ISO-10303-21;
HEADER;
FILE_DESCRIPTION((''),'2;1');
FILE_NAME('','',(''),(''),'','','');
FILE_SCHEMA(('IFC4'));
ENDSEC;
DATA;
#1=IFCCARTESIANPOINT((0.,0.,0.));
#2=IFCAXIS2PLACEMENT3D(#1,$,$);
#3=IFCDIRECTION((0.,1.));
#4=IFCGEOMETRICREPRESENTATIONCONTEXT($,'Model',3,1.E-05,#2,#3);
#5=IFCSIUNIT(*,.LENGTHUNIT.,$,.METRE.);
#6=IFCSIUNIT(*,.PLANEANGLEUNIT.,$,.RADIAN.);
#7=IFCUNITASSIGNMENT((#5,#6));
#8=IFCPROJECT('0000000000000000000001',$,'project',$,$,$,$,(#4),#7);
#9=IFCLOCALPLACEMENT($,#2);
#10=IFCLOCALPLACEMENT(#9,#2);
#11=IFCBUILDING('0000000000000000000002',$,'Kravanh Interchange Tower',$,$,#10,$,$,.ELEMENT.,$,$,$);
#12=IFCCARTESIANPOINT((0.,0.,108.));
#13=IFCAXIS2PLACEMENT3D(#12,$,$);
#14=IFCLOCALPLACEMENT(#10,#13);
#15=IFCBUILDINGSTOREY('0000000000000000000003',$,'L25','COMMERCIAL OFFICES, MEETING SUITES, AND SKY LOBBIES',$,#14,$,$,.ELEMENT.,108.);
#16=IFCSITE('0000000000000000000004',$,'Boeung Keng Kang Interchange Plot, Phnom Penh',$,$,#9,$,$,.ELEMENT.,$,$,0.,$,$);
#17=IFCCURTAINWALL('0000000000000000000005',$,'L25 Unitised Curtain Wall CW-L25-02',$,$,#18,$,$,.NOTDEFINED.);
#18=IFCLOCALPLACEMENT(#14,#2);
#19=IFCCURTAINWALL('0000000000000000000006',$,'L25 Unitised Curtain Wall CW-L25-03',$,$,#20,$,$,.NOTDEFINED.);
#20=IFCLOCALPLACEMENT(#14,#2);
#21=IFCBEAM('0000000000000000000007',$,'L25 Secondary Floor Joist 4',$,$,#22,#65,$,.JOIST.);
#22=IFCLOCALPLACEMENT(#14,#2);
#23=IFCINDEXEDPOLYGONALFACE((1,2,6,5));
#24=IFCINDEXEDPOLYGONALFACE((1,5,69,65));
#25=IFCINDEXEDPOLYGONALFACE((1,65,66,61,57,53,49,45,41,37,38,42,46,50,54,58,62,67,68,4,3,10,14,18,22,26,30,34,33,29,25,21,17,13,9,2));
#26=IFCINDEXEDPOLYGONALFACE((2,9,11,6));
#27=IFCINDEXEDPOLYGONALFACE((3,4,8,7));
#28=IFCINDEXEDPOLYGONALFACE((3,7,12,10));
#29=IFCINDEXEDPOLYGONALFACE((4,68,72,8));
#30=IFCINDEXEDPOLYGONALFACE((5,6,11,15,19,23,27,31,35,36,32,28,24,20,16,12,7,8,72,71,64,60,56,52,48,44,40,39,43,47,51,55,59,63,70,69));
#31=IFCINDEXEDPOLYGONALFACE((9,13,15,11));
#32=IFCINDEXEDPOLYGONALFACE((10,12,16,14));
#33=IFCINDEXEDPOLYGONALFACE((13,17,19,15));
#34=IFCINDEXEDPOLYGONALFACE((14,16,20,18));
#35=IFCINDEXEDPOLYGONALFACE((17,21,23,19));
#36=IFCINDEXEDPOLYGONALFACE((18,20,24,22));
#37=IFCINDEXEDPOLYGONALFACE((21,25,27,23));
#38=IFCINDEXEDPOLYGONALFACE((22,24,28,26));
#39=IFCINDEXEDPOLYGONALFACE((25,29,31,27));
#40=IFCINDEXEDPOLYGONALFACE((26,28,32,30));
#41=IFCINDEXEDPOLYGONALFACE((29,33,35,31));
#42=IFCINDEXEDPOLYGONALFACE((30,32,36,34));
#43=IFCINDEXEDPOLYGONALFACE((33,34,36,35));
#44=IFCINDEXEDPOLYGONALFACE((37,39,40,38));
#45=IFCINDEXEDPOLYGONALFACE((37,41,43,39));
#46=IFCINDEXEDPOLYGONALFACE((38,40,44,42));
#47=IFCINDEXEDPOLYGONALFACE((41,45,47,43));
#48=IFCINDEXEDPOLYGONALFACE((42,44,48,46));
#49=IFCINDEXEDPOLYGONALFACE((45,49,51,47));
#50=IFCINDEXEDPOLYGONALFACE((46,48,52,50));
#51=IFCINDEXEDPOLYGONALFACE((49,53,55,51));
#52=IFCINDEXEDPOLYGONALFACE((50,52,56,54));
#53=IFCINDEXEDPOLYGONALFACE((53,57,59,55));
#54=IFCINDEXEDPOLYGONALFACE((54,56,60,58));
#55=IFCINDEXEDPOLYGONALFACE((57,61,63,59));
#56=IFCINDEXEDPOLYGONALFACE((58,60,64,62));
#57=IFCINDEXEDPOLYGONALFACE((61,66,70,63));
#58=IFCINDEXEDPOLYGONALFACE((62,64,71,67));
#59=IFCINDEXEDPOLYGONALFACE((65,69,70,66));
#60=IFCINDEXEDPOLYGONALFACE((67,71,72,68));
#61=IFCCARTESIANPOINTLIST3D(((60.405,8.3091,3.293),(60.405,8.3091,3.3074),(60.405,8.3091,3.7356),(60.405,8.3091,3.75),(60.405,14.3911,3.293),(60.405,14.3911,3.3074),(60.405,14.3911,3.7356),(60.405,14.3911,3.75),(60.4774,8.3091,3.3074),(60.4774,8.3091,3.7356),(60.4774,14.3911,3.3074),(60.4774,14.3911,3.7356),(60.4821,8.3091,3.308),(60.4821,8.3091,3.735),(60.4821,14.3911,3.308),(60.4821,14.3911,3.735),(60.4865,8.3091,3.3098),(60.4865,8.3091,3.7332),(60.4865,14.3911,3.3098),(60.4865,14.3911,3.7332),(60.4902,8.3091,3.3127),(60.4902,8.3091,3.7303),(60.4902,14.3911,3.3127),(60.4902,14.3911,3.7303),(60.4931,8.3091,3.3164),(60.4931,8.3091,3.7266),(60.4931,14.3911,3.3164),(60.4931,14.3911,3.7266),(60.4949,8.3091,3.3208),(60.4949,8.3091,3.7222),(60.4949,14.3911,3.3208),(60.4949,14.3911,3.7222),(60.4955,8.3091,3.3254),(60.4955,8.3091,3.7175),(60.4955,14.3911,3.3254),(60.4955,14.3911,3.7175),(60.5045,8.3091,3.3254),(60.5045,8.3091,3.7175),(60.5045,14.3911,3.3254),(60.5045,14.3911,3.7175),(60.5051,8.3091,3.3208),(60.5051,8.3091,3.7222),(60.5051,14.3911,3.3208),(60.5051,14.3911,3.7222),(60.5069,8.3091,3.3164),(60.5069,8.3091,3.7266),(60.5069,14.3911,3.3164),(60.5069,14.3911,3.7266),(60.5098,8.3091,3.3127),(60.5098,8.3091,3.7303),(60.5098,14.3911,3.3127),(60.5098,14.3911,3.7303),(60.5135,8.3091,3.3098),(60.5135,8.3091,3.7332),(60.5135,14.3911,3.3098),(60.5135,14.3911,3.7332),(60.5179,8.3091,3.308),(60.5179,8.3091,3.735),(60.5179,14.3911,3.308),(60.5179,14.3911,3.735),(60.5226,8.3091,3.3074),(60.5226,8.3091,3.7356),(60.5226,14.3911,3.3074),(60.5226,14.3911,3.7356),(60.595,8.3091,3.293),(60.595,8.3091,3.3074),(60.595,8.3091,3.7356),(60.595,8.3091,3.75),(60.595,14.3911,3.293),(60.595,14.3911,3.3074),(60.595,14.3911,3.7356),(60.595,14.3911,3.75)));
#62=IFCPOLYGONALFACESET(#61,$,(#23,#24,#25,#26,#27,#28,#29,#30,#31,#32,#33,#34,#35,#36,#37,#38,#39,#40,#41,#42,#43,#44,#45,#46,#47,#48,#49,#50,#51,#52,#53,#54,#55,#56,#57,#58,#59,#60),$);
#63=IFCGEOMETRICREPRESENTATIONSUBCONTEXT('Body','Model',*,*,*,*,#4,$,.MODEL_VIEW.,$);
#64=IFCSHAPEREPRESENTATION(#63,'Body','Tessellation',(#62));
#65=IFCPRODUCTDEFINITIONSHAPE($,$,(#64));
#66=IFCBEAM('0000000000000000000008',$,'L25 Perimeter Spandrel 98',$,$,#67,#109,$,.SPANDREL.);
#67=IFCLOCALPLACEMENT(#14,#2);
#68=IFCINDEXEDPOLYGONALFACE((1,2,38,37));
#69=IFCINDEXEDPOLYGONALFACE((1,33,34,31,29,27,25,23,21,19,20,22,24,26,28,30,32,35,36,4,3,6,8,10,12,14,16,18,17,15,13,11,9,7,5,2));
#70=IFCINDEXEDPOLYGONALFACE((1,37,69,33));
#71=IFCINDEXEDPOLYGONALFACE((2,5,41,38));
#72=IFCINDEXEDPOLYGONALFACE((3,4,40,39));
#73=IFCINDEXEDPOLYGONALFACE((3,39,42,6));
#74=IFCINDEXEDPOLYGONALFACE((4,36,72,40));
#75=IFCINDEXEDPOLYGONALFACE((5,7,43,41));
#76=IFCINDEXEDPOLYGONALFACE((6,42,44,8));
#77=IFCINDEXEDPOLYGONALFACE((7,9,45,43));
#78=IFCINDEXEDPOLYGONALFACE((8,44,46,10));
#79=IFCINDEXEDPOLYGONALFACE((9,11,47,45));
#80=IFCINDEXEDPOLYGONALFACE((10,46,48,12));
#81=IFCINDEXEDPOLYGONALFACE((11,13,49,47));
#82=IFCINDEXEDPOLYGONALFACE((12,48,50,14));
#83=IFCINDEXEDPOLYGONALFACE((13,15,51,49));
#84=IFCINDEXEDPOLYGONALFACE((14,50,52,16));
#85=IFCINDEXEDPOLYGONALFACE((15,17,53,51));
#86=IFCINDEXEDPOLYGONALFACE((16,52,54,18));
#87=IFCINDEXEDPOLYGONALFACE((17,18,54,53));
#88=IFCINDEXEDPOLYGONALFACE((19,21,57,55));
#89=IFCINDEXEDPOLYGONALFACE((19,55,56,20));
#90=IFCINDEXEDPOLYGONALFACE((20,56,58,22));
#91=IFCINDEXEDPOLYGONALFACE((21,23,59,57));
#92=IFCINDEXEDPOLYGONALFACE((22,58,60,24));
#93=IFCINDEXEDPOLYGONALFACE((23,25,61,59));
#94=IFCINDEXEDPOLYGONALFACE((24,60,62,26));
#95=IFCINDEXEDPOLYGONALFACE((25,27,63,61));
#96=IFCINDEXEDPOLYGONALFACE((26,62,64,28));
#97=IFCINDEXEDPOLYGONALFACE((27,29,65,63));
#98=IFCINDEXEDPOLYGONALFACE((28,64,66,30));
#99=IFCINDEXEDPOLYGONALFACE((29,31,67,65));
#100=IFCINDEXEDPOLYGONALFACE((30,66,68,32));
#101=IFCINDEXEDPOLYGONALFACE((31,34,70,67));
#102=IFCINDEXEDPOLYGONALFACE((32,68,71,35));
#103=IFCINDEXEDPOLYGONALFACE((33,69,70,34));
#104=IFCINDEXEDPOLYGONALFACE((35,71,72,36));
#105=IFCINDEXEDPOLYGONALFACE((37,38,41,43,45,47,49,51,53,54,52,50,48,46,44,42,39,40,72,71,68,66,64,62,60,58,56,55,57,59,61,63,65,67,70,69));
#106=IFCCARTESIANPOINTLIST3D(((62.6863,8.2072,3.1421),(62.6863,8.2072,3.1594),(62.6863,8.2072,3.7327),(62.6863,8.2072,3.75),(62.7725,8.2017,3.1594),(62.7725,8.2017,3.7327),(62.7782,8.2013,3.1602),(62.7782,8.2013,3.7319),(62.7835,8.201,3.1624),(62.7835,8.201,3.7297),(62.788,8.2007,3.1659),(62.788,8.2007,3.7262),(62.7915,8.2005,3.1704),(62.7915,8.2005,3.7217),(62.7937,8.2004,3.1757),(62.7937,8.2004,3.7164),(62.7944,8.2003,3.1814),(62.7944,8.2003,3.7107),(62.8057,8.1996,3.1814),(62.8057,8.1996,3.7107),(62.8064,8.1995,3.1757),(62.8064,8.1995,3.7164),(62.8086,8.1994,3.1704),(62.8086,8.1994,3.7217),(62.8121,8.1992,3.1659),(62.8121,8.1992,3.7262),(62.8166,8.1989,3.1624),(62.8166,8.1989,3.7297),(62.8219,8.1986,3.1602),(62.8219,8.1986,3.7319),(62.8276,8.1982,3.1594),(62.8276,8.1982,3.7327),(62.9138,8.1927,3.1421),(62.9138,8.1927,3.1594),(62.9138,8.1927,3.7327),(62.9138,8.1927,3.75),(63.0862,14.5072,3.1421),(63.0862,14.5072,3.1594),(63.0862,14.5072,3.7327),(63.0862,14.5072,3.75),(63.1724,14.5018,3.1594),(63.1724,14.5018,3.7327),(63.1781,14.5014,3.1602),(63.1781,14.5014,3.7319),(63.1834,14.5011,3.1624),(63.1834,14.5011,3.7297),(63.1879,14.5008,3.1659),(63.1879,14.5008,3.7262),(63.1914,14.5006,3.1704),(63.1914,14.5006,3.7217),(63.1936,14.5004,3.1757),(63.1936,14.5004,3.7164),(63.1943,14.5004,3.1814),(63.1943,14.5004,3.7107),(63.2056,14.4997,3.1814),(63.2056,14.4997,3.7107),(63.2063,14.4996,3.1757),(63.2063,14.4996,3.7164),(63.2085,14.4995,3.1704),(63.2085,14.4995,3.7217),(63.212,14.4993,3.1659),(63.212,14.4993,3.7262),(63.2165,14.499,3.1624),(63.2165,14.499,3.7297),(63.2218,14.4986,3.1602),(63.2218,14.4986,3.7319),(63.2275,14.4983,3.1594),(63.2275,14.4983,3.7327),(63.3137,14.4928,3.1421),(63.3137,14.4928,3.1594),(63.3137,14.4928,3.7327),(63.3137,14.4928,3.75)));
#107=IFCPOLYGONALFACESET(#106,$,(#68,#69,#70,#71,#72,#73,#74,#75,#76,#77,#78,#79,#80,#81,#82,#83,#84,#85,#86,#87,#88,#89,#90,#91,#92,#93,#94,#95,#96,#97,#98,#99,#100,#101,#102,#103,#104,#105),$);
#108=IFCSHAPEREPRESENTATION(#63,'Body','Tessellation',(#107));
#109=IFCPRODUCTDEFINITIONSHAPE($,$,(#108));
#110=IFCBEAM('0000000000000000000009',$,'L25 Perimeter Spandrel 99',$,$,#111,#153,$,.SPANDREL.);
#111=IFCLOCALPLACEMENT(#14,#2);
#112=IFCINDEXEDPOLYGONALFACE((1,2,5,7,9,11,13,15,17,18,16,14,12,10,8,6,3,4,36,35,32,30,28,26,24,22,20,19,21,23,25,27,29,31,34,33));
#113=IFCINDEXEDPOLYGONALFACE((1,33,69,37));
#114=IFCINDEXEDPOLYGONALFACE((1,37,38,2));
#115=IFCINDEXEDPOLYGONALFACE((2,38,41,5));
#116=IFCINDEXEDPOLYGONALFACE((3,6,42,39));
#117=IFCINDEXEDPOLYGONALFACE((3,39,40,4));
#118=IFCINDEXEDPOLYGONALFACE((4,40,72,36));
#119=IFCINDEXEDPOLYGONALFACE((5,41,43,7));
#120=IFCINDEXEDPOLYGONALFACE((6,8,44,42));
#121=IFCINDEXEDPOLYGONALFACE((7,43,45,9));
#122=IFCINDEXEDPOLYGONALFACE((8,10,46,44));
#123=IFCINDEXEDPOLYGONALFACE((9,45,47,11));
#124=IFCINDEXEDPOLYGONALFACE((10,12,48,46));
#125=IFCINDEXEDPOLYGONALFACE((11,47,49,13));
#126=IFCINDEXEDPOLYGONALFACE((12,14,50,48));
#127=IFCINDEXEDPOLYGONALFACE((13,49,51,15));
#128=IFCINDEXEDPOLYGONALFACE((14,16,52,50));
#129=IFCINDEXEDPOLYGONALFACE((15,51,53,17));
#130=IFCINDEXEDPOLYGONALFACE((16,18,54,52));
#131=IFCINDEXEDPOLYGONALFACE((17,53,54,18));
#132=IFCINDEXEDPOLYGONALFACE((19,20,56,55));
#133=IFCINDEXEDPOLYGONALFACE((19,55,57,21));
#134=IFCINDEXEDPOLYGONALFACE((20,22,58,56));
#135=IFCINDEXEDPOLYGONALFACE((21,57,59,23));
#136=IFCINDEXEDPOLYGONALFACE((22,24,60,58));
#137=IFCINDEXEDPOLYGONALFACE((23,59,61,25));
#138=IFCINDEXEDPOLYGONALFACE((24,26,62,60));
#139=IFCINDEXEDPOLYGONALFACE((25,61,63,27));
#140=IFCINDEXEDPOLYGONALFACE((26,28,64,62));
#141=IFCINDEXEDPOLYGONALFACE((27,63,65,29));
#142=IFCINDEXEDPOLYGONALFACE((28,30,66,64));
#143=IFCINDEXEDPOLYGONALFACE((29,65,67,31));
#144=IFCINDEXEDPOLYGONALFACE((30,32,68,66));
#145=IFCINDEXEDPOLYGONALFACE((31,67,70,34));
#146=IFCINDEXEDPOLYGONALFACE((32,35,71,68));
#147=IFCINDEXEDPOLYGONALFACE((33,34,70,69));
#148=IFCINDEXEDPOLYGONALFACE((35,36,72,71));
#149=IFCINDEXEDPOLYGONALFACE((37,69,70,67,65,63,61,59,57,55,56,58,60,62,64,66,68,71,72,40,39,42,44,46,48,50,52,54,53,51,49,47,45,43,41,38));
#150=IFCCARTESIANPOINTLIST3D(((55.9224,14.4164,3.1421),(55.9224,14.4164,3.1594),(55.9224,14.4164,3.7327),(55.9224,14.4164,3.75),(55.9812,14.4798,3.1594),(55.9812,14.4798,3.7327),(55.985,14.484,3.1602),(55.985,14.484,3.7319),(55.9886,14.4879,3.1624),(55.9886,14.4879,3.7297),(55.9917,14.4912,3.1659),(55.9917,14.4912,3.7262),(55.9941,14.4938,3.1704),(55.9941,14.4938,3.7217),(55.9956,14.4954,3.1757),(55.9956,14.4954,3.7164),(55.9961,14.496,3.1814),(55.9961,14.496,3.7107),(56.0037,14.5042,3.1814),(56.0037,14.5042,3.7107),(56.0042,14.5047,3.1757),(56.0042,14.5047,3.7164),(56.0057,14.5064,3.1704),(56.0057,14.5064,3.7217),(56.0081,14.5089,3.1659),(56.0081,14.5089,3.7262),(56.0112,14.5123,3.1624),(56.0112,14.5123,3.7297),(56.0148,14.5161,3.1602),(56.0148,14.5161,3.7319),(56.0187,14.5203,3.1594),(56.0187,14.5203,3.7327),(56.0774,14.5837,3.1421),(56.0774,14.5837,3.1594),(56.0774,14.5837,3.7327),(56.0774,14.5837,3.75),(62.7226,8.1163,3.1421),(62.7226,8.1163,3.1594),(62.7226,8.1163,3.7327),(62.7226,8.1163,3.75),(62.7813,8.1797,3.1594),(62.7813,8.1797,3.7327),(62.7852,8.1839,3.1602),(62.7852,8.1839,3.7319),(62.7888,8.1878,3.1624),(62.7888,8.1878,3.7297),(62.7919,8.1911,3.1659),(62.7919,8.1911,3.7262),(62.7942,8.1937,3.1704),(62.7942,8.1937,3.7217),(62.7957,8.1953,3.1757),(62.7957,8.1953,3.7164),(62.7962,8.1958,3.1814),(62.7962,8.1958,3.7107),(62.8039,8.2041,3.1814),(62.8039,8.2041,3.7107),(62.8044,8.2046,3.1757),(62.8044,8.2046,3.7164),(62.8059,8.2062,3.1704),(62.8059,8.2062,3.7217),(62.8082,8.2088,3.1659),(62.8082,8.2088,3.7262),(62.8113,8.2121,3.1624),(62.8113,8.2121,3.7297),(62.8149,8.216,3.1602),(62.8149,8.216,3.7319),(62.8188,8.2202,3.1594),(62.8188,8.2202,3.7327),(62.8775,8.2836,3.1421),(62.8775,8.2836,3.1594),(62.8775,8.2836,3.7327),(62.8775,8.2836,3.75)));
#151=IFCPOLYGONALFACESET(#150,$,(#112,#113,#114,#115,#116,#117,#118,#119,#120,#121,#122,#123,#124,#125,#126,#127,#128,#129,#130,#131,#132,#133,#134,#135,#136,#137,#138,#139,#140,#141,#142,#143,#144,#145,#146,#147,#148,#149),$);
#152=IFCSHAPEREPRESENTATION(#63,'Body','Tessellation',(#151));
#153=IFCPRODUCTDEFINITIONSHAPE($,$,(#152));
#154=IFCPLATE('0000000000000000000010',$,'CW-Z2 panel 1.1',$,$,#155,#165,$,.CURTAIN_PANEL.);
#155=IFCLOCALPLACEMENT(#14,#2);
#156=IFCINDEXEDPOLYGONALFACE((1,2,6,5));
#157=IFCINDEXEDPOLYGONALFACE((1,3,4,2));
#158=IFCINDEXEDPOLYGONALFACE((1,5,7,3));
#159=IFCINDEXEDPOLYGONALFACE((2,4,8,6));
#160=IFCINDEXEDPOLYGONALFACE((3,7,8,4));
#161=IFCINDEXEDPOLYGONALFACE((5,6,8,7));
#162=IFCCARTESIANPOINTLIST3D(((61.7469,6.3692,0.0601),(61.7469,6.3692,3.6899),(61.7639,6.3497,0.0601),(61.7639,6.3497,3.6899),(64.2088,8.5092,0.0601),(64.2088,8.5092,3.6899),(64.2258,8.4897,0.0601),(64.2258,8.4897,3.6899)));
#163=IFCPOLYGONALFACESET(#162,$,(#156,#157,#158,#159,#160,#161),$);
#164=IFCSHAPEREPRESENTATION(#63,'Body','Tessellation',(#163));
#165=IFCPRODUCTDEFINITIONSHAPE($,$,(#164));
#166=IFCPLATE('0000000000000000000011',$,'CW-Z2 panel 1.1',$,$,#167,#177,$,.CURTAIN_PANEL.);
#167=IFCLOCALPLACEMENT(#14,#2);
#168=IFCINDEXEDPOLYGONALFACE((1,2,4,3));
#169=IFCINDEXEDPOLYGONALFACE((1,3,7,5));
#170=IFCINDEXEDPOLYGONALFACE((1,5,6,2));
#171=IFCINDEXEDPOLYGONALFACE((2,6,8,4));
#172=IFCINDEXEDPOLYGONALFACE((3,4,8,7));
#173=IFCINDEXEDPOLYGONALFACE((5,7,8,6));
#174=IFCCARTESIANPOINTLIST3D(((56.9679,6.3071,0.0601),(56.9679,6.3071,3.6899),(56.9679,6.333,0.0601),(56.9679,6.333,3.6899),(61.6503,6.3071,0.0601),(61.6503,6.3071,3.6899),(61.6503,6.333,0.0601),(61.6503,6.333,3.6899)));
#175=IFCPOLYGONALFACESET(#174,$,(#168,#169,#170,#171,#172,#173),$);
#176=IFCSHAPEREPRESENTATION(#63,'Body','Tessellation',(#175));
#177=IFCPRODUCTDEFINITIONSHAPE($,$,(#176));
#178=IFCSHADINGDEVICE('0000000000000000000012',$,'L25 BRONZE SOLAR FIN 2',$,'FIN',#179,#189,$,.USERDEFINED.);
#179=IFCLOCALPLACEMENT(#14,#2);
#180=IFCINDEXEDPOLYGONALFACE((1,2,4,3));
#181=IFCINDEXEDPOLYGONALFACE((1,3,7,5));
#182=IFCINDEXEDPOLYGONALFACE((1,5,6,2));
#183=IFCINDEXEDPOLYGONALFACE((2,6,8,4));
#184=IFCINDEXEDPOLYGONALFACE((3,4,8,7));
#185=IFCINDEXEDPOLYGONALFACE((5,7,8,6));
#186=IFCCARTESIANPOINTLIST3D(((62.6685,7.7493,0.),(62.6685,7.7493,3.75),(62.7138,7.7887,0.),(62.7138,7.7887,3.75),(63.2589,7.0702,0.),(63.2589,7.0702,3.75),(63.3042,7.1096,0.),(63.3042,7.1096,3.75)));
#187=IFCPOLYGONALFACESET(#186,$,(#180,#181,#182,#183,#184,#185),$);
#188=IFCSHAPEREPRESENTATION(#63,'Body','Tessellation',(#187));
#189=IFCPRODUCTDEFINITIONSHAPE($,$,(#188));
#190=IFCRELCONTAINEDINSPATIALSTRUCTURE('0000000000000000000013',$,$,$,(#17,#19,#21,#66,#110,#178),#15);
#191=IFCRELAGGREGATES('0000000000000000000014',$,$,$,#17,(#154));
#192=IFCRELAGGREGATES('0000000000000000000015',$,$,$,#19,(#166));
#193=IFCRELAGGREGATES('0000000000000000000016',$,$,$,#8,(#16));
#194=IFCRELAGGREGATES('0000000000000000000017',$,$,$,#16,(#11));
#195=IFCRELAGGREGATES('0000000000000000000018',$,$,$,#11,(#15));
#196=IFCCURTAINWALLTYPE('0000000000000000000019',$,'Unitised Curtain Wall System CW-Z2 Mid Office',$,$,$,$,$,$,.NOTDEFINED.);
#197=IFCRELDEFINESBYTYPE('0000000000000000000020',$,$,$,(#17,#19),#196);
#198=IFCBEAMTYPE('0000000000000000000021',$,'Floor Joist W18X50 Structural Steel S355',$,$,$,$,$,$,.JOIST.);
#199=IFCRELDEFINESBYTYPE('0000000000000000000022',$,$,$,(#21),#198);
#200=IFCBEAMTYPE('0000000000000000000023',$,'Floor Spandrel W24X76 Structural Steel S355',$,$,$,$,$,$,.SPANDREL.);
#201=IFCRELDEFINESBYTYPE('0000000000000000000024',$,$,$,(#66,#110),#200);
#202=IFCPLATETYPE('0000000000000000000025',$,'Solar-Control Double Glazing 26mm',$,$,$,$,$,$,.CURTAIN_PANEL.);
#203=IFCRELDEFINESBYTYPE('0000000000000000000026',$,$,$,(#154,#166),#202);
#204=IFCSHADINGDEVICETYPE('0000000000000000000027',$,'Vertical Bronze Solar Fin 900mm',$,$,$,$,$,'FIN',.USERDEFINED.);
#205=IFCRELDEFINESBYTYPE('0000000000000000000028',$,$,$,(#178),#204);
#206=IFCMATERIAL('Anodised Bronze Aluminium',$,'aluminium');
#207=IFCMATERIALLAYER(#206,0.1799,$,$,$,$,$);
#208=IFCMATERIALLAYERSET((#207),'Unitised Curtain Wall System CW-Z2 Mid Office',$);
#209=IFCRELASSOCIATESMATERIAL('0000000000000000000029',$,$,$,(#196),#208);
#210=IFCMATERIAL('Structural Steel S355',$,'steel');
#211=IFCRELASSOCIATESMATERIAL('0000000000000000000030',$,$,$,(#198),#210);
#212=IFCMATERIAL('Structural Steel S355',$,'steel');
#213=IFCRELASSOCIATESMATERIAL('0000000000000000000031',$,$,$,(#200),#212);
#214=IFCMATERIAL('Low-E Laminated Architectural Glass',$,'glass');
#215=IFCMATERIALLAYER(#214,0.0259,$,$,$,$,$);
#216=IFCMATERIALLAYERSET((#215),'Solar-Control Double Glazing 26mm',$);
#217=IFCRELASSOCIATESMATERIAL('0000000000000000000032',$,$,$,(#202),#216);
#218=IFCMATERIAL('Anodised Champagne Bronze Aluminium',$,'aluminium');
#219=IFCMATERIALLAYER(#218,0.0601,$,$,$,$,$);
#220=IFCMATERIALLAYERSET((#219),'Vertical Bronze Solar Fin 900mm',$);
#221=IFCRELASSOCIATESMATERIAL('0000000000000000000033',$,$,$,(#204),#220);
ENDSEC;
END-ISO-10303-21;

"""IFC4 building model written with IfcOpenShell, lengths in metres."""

from ifc_helpers import new_model, si_unit, direction, frame, origin, origin_2d, place, context, subcontext, project, spatial, rectangle, i_section, extrude, material, layer, layer_set, material_profile, profile_set, type_object, element, aggregate, save


model = new_model("IFC4")

# Units and contexts
model_context = context("Model", 3, precision=1e-05, world=origin(), true_north=direction((0.0, 1.0)))
body_context = subcontext(model_context, "Body", "Model", "MODEL_VIEW")
ifc_project = project(units=[si_unit("LENGTHUNIT", "METRE"), si_unit("PLANEANGLEUNIT", "RADIAN")], contexts=[model_context])

# Site, building, storey
site_placement = place(None, origin())
site = spatial("IfcSite", under=ifc_project, at=site_placement, Name="Boeung Keng Kang Interchange Plot, Phnom Penh", CompositionType="ELEMENT", RefElevation=0.0)
building_placement = place(site_placement, origin())
building = spatial("IfcBuilding", under=site, at=building_placement, Name="Kravanh Interchange Tower", CompositionType="ELEMENT")
storey_placement = place(building_placement, frame((0.0, 0.0, 108.0)))
storey = spatial("IfcBuildingStorey", under=building, at=storey_placement, Name="L25", Description="COMMERCIAL OFFICES, MEETING SUITES, AND SKY LOBBIES", CompositionType="ELEMENT", Elevation=108.0)

# Curtain walls
ifc_material_1 = material(Name="Anodised Bronze Aluminium", Category="aluminium")
ifc_layer_1 = layer(ifc_material_1, 0.1799)
ifc_layer_set_1 = layer_set([ifc_layer_1], Name="Unitised Curtain Wall System CW-Z2 Mid Office")
curtain_wall_type = type_object("IfcCurtainWallType", Name="Unitised Curtain Wall System CW-Z2 Mid Office", PredefinedType="NOTDEFINED", material=ifc_layer_set_1)
curtain_wall_1_placement = place(storey_placement, origin())
curtain_wall_1 = element("IfcCurtainWall", 1, at=curtain_wall_1_placement, inside=storey, type_object=curtain_wall_type, Name="L25 Unitised Curtain Wall CW-L25-02", PredefinedType="NOTDEFINED")
curtain_wall_2_placement = place(storey_placement, origin())
curtain_wall_2 = element("IfcCurtainWall", 2, at=curtain_wall_2_placement, inside=storey, type_object=curtain_wall_type, Name="L25 Unitised Curtain Wall CW-L25-03", PredefinedType="NOTDEFINED")

# Beams
ifc_material_2 = material(Name="Structural Steel S355", Category="steel")
ifc_material_profile_1 = material_profile(ifc_material_2, i_section(OverallWidth=0.1899, OverallDepth=0.457, WebThickness=0.009, FlangeThickness=0.0144, FilletRadius=0.0181, at=origin_2d()), Name="W18X50")
ifc_profile_set_1 = profile_set([ifc_material_profile_1], Name="Structural Steel S355")
beam_type_1 = type_object("IfcBeamType", Name="Floor Joist W18X50 Structural Steel S355", PredefinedType="JOIST", material=ifc_profile_set_1)
for number, where, z_axis, x_axis, name in (
    (3, (60.5, 8.3091, 3.5215), (0.0, 1.0, 0.0), (-1.0, 0.0, 0.0), "L25 Secondary Floor Joist 4"),
):
    element("IfcBeam", number, at=place(storey_placement, frame(where, z_axis=z_axis, x_axis=x_axis)), inside=storey, type_object=beam_type_1, Name=name, PredefinedType="JOIST", context=body_context, shape_type="SweptSolid", body=[
        extrude(i_section(OverallWidth=0.1899, OverallDepth=0.457, WebThickness=0.009, FlangeThickness=0.0144, FilletRadius=0.0181, at=origin_2d()), origin(), (0.0, 0.0, 1.0), 6.082),
    ])
ifc_material_3 = material(Name="Structural Steel S355", Category="steel")
ifc_material_profile_2 = material_profile(ifc_material_3, i_section(OverallWidth=0.228, OverallDepth=0.6079, WebThickness=0.0112, FlangeThickness=0.0173, FilletRadius=0.022, at=origin_2d()), Name="W24X76")
ifc_profile_set_2 = profile_set([ifc_material_profile_2], Name="Structural Steel S355")
beam_type_2 = type_object("IfcBeamType", Name="Floor Spandrel W24X76 Structural Steel S355", PredefinedType="SPANDREL", material=ifc_profile_set_2)
beam_1_placement = place(storey_placement, frame((62.8, 8.2, 3.446), z_axis=(0.063349, 0.997991, 0.0), x_axis=(-0.997991, 0.063349, 0.0)))
element("IfcBeam", 4, at=beam_1_placement, inside=storey, type_object=beam_type_2, Name="L25 Perimeter Spandrel 98", PredefinedType="SPANDREL", context=body_context, shape_type="SweptSolid", body=[
    extrude(i_section(OverallWidth=0.228, OverallDepth=0.6079, WebThickness=0.0112, FlangeThickness=0.0173, FilletRadius=0.022, at=origin_2d()), origin(), (0.0, 0.0, 1.0), 6.3127),
])
beam_2_placement = place(storey_placement, frame((62.8, 8.2, 3.446), z_axis=(-0.733561, 0.679623, 0.0), x_axis=(-0.679623, -0.733561, 0.0)))
element("IfcBeam", 5, at=beam_2_placement, inside=storey, type_object=beam_type_2, Name="L25 Perimeter Spandrel 99", PredefinedType="SPANDREL", context=body_context, shape_type="SweptSolid", body=[
    extrude(i_section(OverallWidth=0.228, OverallDepth=0.6079, WebThickness=0.0112, FlangeThickness=0.0173, FilletRadius=0.022, at=origin_2d()), origin(), (0.0, 0.0, 1.0), 9.27),
])

# Plates
ifc_material_4 = material(Name="Low-E Laminated Architectural Glass", Category="glass")
ifc_layer_2 = layer(ifc_material_4, 0.0259)
ifc_layer_set_2 = layer_set([ifc_layer_2], Name="Solar-Control Double Glazing 26mm")
plate_type = type_object("IfcPlateType", Name="Solar-Control Double Glazing 26mm", PredefinedType="CURTAIN_PANEL", material=ifc_layer_set_2)
plate_1_placement = place(storey_placement, frame((62.9863, 7.4294, 0.0601), z_axis=(0.0, 0.0, 1.0), x_axis=(-0.754719, -0.656048, 0.0)))
plate_1 = element("IfcPlate", 6, at=plate_1_placement, type_object=plate_type, Name="CW-Z2 panel 1.1", PredefinedType="CURTAIN_PANEL", context=body_context, shape_type="SweptSolid", body=[
    extrude(rectangle(XDim=3.262, YDim=0.0259, at=origin_2d()), origin(), (0.0, 0.0, 1.0), 3.6299),
])
aggregate(curtain_wall_1, [plate_1])
plate_2_placement = place(storey_placement, frame((59.3091, 6.3201, 0.0601), z_axis=(0.0, 0.0, 1.0), x_axis=(-1.0, 0.0, 0.0)))
plate_2 = element("IfcPlate", 7, at=plate_2_placement, type_object=plate_type, Name="CW-Z2 panel 1.1", PredefinedType="CURTAIN_PANEL", context=body_context, shape_type="SweptSolid", body=[
    extrude(rectangle(XDim=4.6824, YDim=0.0259, at=origin_2d()), origin(), (0.0, 0.0, 1.0), 3.6299),
])
aggregate(curtain_wall_2, [plate_2])

# Shading device
ifc_material_5 = material(Name="Anodised Champagne Bronze Aluminium", Category="aluminium")
ifc_layer_3 = layer(ifc_material_5, 0.0601)
ifc_layer_set_3 = layer_set([ifc_layer_3], Name="Vertical Bronze Solar Fin 900mm")
shading_device_type = type_object("IfcShadingDeviceType", Name="Vertical Bronze Solar Fin 900mm", ElementType="FIN", PredefinedType="USERDEFINED", material=ifc_layer_set_3)
shading_device_placement = place(storey_placement, frame((62.9863, 7.4294, 0.0), z_axis=(0.0, 0.0, 1.0), x_axis=(0.656056, -0.754712, 0.0)))
element("IfcShadingDevice", 8, at=shading_device_placement, inside=storey, type_object=shading_device_type, Name="L25 BRONZE SOLAR FIN 2", ObjectType="FIN", PredefinedType="USERDEFINED", context=body_context, shape_type="SweptSolid", body=[
    extrude(rectangle(XDim=0.8999, YDim=0.0601, at=origin_2d()), origin(), (0.0, 0.0, 1.0), 3.75),
])

save(model, "model.ifc")
